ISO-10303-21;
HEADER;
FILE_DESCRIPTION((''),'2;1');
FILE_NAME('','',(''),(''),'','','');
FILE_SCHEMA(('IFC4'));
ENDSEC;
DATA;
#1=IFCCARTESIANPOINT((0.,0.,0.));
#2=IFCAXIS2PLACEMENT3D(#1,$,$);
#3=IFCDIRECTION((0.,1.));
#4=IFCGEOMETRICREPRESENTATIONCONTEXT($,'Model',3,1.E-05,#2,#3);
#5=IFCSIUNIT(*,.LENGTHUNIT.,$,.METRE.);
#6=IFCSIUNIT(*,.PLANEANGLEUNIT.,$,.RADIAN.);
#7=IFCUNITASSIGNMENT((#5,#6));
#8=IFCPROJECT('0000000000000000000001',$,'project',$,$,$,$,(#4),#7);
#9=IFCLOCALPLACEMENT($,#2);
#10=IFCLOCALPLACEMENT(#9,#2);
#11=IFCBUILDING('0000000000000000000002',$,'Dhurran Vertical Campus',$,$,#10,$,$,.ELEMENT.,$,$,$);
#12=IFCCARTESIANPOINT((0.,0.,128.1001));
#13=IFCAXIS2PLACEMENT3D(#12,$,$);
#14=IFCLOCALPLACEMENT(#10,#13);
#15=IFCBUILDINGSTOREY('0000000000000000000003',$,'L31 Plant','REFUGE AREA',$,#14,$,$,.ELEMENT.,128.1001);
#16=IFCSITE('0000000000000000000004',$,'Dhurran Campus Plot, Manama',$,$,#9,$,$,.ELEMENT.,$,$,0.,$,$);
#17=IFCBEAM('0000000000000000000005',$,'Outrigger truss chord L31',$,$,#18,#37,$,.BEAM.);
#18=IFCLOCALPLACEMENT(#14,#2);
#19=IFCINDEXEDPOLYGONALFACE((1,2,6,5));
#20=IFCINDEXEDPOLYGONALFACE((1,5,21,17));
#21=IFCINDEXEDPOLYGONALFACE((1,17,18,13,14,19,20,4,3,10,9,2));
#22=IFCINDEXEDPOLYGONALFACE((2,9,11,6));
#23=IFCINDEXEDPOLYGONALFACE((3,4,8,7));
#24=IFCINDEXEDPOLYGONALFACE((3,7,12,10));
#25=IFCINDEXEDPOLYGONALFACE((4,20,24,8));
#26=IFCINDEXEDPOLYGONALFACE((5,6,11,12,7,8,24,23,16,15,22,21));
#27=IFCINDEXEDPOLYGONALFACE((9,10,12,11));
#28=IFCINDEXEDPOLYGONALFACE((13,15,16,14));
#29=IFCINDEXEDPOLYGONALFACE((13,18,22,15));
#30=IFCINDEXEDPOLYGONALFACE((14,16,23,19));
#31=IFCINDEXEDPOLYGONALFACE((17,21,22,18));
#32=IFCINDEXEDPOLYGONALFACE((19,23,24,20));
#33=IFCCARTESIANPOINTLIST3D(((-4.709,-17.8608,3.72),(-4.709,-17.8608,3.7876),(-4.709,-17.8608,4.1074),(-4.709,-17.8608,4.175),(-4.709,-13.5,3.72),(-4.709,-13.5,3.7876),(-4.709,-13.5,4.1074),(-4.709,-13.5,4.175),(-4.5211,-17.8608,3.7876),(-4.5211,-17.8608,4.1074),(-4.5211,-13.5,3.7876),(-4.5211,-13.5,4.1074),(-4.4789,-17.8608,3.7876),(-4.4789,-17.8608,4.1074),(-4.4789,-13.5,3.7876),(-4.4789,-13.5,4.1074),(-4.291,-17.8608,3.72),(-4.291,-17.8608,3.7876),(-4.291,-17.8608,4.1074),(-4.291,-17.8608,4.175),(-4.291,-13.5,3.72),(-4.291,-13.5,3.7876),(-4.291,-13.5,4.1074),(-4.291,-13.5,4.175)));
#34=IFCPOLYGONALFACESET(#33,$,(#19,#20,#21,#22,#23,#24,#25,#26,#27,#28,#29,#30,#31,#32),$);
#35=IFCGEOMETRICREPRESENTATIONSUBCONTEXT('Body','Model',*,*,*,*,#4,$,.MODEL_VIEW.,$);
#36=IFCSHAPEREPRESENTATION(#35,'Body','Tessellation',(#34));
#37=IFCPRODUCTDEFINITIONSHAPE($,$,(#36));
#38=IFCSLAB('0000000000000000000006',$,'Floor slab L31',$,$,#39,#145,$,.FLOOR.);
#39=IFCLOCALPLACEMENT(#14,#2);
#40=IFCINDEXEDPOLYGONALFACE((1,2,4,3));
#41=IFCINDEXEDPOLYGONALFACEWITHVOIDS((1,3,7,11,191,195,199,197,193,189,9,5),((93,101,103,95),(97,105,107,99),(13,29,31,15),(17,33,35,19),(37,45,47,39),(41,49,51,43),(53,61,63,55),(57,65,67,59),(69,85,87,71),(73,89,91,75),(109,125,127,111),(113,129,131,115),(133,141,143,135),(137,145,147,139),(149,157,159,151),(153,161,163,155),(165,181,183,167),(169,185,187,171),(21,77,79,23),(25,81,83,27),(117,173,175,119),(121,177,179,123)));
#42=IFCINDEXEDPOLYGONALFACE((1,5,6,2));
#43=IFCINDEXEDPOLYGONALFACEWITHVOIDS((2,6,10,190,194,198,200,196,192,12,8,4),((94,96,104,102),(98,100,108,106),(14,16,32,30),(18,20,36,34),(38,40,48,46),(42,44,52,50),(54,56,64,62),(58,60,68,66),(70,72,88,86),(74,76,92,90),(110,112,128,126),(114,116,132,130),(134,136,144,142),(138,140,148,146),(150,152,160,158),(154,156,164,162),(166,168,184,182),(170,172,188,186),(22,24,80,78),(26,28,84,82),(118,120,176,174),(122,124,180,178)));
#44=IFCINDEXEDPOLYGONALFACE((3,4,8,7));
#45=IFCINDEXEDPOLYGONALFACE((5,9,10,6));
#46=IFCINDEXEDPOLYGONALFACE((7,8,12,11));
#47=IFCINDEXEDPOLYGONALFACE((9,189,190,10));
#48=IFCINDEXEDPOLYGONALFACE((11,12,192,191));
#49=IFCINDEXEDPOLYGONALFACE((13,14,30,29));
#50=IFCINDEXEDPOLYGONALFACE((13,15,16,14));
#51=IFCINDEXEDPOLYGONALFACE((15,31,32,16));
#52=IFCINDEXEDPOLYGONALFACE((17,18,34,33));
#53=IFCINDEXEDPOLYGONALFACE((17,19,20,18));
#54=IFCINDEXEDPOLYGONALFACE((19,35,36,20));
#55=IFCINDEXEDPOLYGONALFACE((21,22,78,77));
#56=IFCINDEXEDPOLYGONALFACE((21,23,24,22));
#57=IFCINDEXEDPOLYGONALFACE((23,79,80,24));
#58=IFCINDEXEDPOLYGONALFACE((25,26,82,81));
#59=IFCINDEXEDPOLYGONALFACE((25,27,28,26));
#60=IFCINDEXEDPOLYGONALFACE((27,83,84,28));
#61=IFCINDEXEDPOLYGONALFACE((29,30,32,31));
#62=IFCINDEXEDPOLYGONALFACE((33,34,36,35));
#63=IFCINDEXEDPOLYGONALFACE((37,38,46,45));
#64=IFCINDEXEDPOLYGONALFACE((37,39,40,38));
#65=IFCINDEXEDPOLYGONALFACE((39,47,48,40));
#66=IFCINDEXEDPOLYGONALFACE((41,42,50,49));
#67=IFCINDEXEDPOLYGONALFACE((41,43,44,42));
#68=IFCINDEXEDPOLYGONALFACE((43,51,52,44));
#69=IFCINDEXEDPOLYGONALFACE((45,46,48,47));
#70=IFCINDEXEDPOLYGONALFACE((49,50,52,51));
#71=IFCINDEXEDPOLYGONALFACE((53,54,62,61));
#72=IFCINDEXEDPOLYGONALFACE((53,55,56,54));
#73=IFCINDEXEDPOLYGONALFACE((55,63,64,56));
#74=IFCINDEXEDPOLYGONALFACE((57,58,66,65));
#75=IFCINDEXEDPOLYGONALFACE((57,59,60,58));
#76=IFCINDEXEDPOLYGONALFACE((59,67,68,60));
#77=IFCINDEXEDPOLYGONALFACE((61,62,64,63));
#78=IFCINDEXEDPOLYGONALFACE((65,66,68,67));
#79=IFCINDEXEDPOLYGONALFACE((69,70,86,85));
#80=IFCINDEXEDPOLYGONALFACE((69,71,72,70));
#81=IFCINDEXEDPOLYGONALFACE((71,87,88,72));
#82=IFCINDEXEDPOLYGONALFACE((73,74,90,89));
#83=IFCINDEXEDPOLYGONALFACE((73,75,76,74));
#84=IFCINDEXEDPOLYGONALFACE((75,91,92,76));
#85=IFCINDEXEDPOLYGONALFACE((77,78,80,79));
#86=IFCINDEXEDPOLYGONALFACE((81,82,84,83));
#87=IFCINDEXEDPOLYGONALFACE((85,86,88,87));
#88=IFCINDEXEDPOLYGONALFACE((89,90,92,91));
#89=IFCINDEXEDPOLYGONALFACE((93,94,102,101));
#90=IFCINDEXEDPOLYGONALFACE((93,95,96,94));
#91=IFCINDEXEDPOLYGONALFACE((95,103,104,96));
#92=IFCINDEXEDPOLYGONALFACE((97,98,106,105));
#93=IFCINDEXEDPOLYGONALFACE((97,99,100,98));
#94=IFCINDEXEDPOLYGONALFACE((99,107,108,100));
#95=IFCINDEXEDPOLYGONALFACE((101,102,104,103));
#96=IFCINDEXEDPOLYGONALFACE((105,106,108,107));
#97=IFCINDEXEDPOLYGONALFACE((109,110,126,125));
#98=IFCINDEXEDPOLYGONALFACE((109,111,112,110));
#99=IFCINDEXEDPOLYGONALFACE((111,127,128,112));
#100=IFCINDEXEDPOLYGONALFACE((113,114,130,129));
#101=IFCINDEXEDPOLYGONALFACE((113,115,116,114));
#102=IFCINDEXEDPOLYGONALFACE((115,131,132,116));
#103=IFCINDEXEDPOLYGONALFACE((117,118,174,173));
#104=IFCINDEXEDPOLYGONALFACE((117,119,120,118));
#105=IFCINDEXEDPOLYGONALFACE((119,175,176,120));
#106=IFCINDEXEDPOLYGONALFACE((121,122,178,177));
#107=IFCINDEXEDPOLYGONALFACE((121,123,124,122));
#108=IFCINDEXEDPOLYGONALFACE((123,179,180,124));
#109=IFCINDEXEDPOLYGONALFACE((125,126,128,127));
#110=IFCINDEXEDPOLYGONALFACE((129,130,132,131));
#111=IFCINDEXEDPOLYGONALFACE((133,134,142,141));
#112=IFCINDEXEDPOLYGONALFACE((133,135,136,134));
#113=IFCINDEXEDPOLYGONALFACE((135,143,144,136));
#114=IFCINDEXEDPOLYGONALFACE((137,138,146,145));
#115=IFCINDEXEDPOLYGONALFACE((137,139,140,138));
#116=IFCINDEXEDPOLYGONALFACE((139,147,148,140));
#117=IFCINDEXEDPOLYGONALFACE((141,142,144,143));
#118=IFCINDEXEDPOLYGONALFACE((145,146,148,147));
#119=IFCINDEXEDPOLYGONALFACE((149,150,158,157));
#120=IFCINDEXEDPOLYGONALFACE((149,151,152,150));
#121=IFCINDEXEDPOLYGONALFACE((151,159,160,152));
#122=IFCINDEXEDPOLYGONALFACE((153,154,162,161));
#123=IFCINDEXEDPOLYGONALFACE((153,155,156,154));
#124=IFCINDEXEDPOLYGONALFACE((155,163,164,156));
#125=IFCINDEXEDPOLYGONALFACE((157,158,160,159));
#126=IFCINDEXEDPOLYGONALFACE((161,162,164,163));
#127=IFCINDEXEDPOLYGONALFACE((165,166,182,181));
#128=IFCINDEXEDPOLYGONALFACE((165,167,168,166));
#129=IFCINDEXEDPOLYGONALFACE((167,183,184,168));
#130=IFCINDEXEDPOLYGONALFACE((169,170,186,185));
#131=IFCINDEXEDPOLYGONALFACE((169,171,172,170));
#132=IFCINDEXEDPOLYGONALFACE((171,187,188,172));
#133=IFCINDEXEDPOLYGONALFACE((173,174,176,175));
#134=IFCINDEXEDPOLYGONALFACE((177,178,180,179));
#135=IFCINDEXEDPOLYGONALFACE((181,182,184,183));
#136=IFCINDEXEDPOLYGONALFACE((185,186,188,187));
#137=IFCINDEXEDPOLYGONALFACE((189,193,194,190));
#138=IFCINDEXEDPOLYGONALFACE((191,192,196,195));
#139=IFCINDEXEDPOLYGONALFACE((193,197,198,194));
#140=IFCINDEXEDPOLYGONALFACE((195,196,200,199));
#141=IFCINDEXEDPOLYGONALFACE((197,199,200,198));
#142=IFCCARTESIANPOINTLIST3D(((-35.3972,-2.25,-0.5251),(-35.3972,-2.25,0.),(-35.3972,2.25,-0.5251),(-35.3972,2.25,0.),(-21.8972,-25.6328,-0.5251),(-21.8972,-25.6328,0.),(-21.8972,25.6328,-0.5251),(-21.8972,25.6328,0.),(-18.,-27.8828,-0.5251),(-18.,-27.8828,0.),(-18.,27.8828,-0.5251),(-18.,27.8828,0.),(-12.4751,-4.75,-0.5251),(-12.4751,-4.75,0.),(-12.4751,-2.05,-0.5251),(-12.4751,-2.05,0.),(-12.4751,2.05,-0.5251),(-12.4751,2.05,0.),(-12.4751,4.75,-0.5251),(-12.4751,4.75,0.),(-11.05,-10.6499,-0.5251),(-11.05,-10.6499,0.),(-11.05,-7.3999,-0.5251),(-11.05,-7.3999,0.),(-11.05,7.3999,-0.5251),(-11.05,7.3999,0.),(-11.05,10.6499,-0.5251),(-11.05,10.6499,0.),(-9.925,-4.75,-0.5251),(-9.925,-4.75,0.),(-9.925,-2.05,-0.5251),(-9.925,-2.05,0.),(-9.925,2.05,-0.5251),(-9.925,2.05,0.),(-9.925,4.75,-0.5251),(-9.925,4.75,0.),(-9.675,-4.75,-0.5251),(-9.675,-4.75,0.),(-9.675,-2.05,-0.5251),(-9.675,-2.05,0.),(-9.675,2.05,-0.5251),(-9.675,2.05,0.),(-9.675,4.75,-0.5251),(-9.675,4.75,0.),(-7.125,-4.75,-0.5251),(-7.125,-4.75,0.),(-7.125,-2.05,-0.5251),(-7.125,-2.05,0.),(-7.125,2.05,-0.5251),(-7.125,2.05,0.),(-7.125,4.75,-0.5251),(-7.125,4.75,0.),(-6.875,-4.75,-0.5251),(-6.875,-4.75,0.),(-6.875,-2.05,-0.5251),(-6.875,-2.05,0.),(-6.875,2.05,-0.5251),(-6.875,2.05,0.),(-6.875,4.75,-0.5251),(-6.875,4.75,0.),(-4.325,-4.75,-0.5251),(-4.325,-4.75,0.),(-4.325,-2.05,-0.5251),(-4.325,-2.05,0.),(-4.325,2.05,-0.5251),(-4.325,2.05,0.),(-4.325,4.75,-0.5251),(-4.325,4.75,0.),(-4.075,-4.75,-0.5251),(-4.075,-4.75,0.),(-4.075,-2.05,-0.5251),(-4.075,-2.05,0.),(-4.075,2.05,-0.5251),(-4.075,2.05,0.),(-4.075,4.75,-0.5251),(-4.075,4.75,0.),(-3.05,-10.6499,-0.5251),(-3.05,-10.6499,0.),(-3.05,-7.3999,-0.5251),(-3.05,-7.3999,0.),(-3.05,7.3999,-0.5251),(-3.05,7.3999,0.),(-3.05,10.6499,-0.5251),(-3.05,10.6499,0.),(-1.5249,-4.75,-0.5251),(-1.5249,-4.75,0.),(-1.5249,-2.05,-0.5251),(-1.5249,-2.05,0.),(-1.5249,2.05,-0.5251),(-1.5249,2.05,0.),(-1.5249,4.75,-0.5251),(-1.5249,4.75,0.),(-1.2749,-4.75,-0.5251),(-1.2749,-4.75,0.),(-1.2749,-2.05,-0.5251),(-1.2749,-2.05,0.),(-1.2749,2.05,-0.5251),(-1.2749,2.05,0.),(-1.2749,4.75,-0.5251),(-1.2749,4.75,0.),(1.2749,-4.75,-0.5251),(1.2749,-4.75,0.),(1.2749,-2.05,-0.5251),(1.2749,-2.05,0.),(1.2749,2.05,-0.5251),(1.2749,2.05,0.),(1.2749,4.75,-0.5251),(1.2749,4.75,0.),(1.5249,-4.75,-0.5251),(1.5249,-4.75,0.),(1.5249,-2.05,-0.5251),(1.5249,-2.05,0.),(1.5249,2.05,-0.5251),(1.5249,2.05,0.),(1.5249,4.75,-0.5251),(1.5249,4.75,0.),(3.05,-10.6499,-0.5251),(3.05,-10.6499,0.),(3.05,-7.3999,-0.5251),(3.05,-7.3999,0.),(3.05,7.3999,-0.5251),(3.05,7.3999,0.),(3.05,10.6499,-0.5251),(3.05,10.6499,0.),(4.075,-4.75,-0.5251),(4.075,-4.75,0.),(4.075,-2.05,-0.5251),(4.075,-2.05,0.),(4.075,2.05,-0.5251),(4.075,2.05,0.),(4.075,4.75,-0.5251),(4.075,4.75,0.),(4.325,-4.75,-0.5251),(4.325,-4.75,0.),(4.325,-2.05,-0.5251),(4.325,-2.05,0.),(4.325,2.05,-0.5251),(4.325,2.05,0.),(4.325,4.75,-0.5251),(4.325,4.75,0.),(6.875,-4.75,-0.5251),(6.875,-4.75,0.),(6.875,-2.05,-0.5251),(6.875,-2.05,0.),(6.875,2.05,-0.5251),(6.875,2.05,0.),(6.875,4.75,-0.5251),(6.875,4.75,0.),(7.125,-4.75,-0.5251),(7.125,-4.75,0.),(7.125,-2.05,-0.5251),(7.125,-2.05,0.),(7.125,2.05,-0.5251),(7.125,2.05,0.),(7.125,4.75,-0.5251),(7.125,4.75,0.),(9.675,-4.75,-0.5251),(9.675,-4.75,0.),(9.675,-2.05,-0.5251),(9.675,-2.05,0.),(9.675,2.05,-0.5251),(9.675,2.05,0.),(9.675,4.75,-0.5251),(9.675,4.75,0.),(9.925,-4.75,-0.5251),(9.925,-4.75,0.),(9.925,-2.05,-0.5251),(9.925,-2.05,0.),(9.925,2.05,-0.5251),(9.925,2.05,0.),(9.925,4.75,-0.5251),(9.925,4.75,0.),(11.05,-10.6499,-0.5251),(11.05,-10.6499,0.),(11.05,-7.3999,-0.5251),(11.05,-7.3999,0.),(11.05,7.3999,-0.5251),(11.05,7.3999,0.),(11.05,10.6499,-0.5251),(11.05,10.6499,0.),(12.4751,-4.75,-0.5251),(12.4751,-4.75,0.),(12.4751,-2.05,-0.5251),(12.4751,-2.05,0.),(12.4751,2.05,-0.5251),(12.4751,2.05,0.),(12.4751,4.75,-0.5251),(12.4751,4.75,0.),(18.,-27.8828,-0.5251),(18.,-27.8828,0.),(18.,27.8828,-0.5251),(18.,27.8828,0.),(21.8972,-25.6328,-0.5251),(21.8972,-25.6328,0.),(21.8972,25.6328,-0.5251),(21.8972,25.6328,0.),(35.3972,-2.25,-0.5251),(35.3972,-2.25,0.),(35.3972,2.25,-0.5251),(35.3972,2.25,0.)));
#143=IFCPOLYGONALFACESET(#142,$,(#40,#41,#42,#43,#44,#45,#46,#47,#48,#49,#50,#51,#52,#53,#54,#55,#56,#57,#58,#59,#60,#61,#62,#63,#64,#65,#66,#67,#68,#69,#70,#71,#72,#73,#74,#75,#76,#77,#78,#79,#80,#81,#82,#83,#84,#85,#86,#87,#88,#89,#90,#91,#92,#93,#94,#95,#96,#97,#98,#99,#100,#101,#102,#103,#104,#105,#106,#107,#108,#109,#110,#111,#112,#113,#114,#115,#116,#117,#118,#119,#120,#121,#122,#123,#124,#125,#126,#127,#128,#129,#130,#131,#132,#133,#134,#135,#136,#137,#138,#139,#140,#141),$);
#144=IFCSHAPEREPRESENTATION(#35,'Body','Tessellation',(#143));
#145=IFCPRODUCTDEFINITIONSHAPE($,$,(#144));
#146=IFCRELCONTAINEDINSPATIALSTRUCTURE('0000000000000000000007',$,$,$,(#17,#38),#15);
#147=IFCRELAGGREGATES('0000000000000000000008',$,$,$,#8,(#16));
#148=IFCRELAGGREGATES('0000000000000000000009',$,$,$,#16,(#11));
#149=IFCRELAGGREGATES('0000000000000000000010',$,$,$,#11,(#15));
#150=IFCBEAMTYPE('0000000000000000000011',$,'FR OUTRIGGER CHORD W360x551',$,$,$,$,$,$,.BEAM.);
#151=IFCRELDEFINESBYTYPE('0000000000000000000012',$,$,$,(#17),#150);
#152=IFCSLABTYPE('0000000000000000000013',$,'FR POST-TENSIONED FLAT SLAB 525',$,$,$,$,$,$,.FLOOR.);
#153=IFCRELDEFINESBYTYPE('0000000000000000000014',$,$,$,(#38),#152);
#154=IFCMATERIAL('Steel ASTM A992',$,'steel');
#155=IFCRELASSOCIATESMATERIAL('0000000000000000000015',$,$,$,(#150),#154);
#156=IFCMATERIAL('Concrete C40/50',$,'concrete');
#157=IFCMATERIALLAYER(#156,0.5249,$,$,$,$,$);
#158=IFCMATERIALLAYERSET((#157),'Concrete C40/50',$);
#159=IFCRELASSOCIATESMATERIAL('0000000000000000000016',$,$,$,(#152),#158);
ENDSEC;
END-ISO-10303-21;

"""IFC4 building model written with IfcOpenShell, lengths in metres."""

from ifc_helpers import new_model, si_unit, direction, frame, origin, origin_2d, place, context, subcontext, project, spatial, polyline, i_section, outline, extrude, material, layer, layer_set, material_profile, profile_set, type_object, element, save


model = new_model("IFC4")

# Units and contexts
model_context = context("Model", 3, precision=1e-05, world=origin(), true_north=direction((0.0, 1.0)))
body_context = subcontext(model_context, "Body", "Model", "MODEL_VIEW")
ifc_project = project(units=[si_unit("LENGTHUNIT", "METRE"), si_unit("PLANEANGLEUNIT", "RADIAN")], contexts=[model_context])

# Site, building, storey
site_placement = place(None, origin())
site = spatial("IfcSite", under=ifc_project, at=site_placement, Name="Dhurran Campus Plot, Manama", CompositionType="ELEMENT", RefElevation=0.0)
building_placement = place(site_placement, origin())
building = spatial("IfcBuilding", under=site, at=building_placement, Name="Dhurran Vertical Campus", CompositionType="ELEMENT")
storey_placement = place(building_placement, frame((0.0, 0.0, 128.1001)))
storey = spatial("IfcBuildingStorey", under=building, at=storey_placement, Name="L31 Plant", Description="REFUGE AREA", CompositionType="ELEMENT", Elevation=128.1001)

# Beam
ifc_material_1 = material(Name="Steel ASTM A992", Category="steel")
ifc_material_profile = material_profile(ifc_material_1, i_section(OverallWidth=0.418, OverallDepth=0.4551, WebThickness=0.0422, FlangeThickness=0.0676, at=origin_2d()), Name="W360x551")
ifc_profile_set = profile_set([ifc_material_profile], Name="Steel ASTM A992")
beam_type = type_object("IfcBeamType", Name="FR OUTRIGGER CHORD W360x551", PredefinedType="BEAM", material=ifc_profile_set)
beam_placement = place(storey_placement, frame((-4.5, -13.5, 3.9475), z_axis=(0.0, -1.0, 0.0), x_axis=(1.0, 0.0, 0.0)))
element("IfcBeam", 1, at=beam_placement, inside=storey, type_object=beam_type, Name="Outrigger truss chord L31", PredefinedType="BEAM", context=body_context, shape_type="SweptSolid", body=[
    extrude(i_section(OverallWidth=0.418, OverallDepth=0.4551, WebThickness=0.0422, FlangeThickness=0.0676, at=origin_2d()), origin(), (0.0, 0.0, 1.0), 4.3608),
])

# Slab
ifc_material_2 = material(Name="Concrete C40/50", Category="concrete")
ifc_layer_1 = layer(ifc_material_2, 0.5249)
ifc_layer_set_1 = layer_set([ifc_layer_1], Name="Concrete C40/50")
slab_type_1 = type_object("IfcSlabType", Name="FR POST-TENSIONED FLAT SLAB 525", PredefinedType="FLOOR", material=ifc_layer_set_1)
slab_1_placement = place(storey_placement, frame((0.0, 0.0, -0.5251)))
element("IfcSlab", 2, at=slab_1_placement, inside=storey, type_object=slab_type_1, Name="Floor slab L31", PredefinedType="FLOOR", context=body_context, shape_type="SweptSolid", body=[
    extrude(outline(polyline([(-18.0, -27.8828), (18.0, -27.8828), (21.8972, -25.6328), (35.3972, -2.25), (35.3972, 2.25), (21.8972, 25.6328), (18.0, 27.8828), (-18.0, 27.8828), (-21.8972, 25.6328), (-35.3972, 2.25), (-35.3972, -2.25), (-21.8972, -25.6328), (-18.0, -27.8828)]), holes=[polyline([(-12.4751, 2.05), (-9.925, 2.05), (-9.925, 4.75), (-12.4751, 4.75), (-12.4751, 2.05)]), polyline([(-9.675, 2.05), (-7.125, 2.05), (-7.125, 4.75), (-9.675, 4.75), (-9.675, 2.05)]), polyline([(-6.875, 2.05), (-4.325, 2.05), (-4.325, 4.75), (-6.875, 4.75), (-6.875, 2.05)]), polyline([(-1.2749, 2.05), (1.2749, 2.05), (1.2749, 4.75), (-1.2749, 4.75), (-1.2749, 2.05)]), polyline([(9.925, 2.05), (12.4751, 2.05), (12.4751, 4.75), (9.925, 4.75), (9.925, 2.05)]), polyline([(-1.2749, -4.75), (1.2749, -4.75), (1.2749, -2.05), (-1.2749, -2.05), (-1.2749, -4.75)]), polyline([(1.5249, -4.75), (4.075, -4.75), (4.075, -2.05), (1.5249, -2.05), (1.5249, -4.75)]), polyline([(4.325, -4.75), (6.875, -4.75), (6.875, -2.05), (4.325, -2.05), (4.325, -4.75)]), polyline([(7.125, -4.75), (9.675, -4.75), (9.675, -2.05), (7.125, -2.05), (7.125, -4.75)]), polyline([(9.925, -4.75), (12.4751, -4.75), (12.4751, -2.05), (9.925, -2.05), (9.925, -4.75)]), polyline([(-4.075, 2.05), (-1.5249, 2.05), (-1.5249, 4.75), (-4.075, 4.75), (-4.075, 2.05)]), polyline([(1.5249, 2.05), (4.075, 2.05), (4.075, 4.75), (1.5249, 4.75), (1.5249, 2.05)]), polyline([(4.325, 2.05), (6.875, 2.05), (6.875, 4.75), (4.325, 4.75), (4.325, 2.05)]), polyline([(7.125, 2.05), (9.675, 2.05), (9.675, 4.75), (7.125, 4.75), (7.125, 2.05)]), polyline([(-12.4751, -4.75), (-9.925, -4.75), (-9.925, -2.05), (-12.4751, -2.05), (-12.4751, -4.75)]), polyline([(-9.675, -4.75), (-7.125, -4.75), (-7.125, -2.05), (-9.675, -2.05), (-9.675, -4.75)]), polyline([(-6.875, -4.75), (-4.325, -4.75), (-4.325, -2.05), (-6.875, -2.05), (-6.875, -4.75)]), polyline([(-4.075, -4.75), (-1.5249, -4.75), (-1.5249, -2.05), (-4.075, -2.05), (-4.075, -4.75)]), polyline([(-11.05, 7.3999), (-3.05, 7.3999), (-3.05, 10.6499), (-11.05, 10.6499), (-11.05, 7.3999)]), polyline([(3.05, 7.3999), (11.05, 7.3999), (11.05, 10.6499), (3.05, 10.6499), (3.05, 7.3999)]), polyline([(-11.05, -10.6499), (-3.05, -10.6499), (-3.05, -7.3999), (-11.05, -7.3999), (-11.05, -10.6499)]), polyline([(3.05, -10.6499), (11.05, -10.6499), (11.05, -7.3999), (3.05, -7.3999), (3.05, -10.6499)])]), origin(), (0.0, 0.0, 1.0), 0.5251),
])

save(model, "model.ifc")
